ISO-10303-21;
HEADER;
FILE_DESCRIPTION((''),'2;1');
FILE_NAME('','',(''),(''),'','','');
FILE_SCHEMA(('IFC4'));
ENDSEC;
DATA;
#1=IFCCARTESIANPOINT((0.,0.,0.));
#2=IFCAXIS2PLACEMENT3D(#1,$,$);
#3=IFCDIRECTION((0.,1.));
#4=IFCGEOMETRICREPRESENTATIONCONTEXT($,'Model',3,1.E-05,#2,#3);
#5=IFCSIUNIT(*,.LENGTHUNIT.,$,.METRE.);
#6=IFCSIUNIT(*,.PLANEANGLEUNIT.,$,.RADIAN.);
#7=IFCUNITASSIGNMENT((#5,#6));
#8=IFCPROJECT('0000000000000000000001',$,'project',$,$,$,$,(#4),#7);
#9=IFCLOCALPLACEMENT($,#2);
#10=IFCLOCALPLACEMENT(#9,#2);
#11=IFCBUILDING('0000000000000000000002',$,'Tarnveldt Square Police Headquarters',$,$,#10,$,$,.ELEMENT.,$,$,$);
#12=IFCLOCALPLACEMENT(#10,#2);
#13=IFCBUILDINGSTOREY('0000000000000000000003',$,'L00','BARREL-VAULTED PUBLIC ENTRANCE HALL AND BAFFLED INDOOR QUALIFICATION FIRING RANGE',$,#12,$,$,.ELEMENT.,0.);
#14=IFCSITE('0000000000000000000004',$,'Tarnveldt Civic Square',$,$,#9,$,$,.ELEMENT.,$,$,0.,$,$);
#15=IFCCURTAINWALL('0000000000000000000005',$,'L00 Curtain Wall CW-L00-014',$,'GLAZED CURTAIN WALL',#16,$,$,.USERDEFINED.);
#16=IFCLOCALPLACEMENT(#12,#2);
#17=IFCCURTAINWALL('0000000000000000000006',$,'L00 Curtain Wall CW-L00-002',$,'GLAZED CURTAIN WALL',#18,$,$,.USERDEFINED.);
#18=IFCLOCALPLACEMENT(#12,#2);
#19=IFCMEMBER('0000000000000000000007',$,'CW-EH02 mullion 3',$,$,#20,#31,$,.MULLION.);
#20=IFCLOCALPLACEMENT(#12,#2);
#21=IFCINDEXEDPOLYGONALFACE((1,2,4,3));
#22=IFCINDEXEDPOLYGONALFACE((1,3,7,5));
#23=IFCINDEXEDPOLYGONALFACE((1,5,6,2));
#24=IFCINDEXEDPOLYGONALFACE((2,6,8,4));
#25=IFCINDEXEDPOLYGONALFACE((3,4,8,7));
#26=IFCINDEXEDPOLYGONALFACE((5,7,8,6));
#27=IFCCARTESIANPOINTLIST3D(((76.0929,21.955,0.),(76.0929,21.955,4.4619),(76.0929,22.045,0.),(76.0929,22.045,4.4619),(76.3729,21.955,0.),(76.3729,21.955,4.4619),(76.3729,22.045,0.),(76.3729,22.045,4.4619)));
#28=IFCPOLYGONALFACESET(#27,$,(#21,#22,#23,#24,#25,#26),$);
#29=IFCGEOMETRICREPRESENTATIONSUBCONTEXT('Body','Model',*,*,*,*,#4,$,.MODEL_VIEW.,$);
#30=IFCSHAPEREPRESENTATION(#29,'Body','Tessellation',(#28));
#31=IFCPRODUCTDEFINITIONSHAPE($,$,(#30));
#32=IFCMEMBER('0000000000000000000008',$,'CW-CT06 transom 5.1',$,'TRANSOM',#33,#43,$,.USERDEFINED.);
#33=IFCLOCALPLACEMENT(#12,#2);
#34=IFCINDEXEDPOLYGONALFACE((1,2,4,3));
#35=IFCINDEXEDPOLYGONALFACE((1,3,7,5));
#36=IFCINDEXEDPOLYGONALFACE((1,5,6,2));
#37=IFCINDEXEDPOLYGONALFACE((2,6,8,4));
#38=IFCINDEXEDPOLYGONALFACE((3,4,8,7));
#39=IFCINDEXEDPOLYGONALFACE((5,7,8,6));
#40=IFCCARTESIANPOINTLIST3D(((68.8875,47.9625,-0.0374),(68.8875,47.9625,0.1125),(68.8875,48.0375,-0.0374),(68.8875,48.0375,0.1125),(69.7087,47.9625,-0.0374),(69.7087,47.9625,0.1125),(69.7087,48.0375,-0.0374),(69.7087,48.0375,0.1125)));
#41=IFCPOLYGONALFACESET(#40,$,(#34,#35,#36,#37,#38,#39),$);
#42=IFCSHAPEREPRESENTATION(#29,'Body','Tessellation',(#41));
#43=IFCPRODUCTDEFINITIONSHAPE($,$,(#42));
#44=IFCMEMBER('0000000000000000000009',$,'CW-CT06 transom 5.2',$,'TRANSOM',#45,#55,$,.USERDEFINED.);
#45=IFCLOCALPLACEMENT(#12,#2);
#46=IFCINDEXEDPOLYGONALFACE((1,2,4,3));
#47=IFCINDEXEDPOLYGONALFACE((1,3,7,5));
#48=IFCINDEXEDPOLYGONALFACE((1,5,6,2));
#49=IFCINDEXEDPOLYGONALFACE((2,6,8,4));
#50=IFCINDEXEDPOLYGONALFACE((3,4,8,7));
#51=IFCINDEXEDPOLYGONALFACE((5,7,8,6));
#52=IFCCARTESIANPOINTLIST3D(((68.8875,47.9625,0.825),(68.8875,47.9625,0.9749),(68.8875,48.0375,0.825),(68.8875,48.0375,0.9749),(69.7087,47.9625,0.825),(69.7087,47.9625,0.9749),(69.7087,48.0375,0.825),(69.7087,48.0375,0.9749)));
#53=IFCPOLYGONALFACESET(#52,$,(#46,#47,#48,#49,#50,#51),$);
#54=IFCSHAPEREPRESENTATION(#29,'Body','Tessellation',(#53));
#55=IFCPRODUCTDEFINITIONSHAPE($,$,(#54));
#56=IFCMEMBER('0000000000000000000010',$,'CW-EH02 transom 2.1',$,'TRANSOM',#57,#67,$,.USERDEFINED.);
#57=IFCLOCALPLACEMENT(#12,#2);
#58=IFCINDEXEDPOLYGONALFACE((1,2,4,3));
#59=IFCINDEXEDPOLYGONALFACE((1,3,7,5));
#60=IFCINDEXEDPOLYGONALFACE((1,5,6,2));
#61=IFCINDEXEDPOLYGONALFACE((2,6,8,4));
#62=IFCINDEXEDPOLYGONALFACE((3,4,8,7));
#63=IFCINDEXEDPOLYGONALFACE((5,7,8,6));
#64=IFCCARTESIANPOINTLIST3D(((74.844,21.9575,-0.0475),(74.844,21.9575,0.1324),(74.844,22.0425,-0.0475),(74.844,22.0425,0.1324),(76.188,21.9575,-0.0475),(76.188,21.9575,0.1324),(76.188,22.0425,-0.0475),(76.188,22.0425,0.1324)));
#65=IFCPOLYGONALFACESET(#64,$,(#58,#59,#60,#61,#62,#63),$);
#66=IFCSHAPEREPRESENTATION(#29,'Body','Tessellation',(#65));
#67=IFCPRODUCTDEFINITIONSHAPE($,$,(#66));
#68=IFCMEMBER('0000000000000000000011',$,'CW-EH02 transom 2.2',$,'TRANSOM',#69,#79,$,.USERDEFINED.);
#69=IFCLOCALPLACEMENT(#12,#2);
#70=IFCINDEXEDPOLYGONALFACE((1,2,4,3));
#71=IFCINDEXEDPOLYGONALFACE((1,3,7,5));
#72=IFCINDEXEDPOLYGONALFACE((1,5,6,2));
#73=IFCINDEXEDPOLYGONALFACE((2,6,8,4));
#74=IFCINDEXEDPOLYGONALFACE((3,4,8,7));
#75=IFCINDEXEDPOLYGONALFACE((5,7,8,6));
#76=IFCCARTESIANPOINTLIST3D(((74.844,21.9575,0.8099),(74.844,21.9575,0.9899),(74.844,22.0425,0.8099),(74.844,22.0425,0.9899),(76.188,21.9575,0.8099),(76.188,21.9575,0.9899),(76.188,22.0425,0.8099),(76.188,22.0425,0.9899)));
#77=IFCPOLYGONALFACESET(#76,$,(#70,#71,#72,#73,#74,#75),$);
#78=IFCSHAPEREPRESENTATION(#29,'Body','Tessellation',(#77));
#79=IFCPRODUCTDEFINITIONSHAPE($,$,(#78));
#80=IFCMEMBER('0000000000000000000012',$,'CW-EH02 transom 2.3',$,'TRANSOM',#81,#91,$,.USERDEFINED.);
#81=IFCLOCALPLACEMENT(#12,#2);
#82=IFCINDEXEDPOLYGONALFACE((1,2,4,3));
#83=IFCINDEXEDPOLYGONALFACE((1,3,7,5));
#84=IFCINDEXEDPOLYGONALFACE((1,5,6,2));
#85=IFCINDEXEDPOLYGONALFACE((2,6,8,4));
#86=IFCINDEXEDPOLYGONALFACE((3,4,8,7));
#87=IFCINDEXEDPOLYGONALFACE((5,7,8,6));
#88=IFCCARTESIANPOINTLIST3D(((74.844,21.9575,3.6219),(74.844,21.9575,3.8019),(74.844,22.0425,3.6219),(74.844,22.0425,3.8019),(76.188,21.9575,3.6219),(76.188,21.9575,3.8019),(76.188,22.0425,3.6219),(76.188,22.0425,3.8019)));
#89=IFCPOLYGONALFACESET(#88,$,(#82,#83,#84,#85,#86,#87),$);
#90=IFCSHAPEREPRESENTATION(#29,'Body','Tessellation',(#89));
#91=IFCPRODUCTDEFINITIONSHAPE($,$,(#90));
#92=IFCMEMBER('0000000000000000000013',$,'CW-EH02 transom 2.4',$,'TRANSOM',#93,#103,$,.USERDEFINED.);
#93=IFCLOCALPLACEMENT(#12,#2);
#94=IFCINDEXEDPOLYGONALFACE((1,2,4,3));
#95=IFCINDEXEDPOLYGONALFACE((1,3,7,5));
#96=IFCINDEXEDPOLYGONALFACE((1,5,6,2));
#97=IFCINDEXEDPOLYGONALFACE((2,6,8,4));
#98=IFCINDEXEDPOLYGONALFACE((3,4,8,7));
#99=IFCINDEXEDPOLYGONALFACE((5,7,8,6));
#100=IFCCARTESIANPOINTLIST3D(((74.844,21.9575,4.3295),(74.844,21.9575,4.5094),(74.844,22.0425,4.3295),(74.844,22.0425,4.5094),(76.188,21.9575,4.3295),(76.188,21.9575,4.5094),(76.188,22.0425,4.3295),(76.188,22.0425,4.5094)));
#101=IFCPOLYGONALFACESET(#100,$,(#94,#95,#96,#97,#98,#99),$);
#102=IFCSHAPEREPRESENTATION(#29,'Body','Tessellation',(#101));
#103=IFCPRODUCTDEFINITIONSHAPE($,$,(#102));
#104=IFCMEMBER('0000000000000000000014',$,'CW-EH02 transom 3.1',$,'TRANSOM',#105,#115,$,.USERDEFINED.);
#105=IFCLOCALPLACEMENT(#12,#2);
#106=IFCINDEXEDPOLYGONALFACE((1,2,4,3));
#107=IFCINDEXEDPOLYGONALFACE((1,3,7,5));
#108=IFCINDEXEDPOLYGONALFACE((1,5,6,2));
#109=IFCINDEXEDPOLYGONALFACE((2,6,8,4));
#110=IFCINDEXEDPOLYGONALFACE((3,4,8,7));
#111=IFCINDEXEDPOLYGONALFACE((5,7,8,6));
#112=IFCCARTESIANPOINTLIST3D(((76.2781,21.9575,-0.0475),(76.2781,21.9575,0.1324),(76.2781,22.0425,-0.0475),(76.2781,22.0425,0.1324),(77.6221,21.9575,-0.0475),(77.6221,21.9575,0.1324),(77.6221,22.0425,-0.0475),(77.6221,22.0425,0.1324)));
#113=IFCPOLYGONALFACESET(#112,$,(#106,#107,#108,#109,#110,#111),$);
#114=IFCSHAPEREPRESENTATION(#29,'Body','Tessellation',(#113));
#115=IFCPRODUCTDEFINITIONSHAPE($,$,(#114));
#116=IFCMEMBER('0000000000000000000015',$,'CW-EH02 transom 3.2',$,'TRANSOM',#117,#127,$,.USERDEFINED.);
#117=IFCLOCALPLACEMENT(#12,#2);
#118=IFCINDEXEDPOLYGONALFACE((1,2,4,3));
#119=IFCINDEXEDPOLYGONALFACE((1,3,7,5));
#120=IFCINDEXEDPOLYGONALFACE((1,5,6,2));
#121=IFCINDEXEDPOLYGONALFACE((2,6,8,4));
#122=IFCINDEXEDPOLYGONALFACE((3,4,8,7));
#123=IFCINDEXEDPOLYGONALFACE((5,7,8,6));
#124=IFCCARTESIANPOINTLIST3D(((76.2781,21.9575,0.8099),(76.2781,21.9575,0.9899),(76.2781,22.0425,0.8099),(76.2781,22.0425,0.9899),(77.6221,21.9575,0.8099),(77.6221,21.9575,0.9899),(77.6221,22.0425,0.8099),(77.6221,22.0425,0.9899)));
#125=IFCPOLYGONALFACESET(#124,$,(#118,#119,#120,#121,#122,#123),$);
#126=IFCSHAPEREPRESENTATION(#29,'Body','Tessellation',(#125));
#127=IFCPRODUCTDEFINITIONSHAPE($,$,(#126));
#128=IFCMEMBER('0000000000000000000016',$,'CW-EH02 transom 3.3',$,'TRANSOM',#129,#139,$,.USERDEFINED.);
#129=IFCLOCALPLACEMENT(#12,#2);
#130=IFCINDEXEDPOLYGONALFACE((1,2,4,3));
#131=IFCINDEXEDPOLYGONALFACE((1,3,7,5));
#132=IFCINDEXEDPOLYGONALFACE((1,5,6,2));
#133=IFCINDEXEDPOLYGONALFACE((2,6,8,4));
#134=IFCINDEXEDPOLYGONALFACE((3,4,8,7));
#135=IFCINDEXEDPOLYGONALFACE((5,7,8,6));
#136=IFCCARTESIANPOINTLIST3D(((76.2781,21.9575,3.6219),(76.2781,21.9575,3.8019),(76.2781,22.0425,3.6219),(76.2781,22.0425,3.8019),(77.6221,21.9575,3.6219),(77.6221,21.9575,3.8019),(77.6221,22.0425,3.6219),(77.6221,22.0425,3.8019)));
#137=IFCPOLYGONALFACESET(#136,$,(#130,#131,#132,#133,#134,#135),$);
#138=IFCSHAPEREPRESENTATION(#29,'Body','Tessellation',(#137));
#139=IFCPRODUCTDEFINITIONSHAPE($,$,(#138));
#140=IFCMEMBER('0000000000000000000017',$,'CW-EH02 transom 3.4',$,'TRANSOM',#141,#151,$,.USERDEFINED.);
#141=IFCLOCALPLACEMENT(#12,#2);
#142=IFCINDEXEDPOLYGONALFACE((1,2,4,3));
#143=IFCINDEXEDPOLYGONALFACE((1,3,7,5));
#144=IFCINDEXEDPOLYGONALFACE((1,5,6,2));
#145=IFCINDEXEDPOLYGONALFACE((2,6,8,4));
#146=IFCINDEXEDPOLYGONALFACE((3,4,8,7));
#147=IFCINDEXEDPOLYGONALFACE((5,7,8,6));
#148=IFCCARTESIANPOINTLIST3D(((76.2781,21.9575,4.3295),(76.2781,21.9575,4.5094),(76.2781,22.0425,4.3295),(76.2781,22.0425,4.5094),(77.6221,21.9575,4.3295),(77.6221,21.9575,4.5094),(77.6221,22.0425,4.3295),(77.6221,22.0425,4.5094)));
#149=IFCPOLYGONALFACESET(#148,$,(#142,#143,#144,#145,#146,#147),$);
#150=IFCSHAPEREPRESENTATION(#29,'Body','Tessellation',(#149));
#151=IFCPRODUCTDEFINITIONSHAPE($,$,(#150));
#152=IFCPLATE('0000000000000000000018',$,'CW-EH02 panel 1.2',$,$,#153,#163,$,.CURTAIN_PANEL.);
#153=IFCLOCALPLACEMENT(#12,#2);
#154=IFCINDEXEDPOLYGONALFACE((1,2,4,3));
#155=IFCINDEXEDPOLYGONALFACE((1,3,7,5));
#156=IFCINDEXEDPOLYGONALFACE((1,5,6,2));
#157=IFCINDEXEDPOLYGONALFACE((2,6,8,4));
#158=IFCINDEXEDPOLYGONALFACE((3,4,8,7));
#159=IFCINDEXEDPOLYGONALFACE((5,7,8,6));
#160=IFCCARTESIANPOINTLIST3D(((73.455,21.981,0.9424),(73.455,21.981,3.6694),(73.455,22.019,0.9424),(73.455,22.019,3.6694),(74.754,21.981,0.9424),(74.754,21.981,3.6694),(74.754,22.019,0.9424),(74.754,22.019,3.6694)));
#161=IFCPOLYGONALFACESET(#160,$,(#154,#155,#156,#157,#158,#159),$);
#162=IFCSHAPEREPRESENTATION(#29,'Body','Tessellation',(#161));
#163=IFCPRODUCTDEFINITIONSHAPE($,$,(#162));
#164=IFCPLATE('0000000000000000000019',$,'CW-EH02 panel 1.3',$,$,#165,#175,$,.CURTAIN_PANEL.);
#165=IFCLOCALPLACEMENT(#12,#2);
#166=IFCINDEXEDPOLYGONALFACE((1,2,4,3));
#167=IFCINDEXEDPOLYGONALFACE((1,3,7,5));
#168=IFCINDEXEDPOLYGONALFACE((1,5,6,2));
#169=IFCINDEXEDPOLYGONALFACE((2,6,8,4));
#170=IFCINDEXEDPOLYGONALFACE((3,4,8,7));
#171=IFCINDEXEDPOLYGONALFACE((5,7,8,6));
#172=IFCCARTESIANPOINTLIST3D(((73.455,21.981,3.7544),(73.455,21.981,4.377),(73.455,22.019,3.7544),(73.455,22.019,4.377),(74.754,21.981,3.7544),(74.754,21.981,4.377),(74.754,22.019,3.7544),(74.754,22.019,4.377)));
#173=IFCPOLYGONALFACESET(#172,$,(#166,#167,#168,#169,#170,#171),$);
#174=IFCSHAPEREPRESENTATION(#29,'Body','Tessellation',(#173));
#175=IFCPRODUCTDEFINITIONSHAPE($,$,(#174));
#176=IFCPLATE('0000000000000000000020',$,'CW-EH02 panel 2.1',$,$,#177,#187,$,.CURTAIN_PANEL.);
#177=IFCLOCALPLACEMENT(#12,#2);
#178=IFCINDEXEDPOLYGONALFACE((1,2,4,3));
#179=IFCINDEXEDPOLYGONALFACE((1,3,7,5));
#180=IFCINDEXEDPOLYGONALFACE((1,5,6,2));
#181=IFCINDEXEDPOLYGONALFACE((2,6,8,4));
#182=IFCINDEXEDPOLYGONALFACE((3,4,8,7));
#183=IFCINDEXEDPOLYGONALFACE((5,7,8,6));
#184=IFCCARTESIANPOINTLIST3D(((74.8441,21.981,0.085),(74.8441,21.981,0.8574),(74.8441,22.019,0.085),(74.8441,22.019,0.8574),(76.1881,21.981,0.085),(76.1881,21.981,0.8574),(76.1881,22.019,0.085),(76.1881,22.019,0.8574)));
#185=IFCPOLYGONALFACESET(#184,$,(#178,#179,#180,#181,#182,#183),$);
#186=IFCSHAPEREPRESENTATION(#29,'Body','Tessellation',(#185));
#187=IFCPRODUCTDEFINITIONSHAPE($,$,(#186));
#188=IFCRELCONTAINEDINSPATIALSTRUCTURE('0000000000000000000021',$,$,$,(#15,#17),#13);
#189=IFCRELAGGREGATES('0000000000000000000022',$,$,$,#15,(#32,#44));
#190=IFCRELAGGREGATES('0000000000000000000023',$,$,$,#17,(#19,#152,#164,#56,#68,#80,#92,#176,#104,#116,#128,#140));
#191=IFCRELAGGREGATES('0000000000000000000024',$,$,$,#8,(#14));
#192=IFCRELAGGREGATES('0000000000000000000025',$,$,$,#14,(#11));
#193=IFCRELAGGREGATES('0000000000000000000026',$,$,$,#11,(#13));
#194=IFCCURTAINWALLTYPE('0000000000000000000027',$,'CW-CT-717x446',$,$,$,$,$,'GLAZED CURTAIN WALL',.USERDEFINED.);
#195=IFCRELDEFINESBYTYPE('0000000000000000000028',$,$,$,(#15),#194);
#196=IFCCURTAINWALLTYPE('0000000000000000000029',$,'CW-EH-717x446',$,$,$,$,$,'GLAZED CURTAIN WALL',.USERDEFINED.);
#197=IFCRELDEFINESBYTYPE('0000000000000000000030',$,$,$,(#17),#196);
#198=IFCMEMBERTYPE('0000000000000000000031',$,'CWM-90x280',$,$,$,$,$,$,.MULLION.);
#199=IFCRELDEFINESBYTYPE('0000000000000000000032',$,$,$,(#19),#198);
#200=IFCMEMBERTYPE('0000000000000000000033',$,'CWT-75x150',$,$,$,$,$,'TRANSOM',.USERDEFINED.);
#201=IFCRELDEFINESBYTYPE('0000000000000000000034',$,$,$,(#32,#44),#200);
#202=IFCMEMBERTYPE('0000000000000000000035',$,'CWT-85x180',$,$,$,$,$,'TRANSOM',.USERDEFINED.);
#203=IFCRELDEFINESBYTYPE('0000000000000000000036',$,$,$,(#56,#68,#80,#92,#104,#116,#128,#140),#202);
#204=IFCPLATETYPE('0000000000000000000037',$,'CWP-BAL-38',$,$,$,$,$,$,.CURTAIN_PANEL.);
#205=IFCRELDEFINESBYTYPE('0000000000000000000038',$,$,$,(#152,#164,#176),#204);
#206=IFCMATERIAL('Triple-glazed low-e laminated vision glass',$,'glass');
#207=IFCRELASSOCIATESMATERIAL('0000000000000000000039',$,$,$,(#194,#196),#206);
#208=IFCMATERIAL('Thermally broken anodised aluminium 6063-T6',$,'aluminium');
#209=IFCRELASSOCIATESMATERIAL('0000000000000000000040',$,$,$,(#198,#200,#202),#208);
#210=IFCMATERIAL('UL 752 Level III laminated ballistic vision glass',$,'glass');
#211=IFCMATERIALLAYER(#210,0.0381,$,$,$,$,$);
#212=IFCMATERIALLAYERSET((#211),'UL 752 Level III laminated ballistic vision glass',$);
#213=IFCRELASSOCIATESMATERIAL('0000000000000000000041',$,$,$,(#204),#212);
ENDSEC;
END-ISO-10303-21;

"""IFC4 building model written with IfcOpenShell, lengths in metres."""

from ifc_helpers import new_model, si_unit, direction, frame, origin, origin_2d, place, context, subcontext, project, spatial, rectangle, extrude, material, layer, layer_set, material_profile, profile_set, type_object, element, aggregate, save


model = new_model("IFC4")

# Units and contexts
model_context = context("Model", 3, precision=1e-05, world=origin(), true_north=direction((0.0, 1.0)))
body_context = subcontext(model_context, "Body", "Model", "MODEL_VIEW")
ifc_project = project(units=[si_unit("LENGTHUNIT", "METRE"), si_unit("PLANEANGLEUNIT", "RADIAN")], contexts=[model_context])

# Site, building, storey
site_placement = place(None, origin())
site = spatial("IfcSite", under=ifc_project, at=site_placement, Name="Tarnveldt Civic Square", CompositionType="ELEMENT", RefElevation=0.0)
building_placement = place(site_placement, origin())
building = spatial("IfcBuilding", under=site, at=building_placement, Name="Tarnveldt Square Police Headquarters", CompositionType="ELEMENT")
storey_placement = place(building_placement, origin())
storey = spatial("IfcBuildingStorey", under=building, at=storey_placement, Name="L00", Description="BARREL-VAULTED PUBLIC ENTRANCE HALL AND BAFFLED INDOOR QUALIFICATION FIRING RANGE", CompositionType="ELEMENT", Elevation=0.0)

# Curtain wall
ifc_material_1 = material(Name="Triple-glazed low-e laminated vision glass", Category="glass")
curtain_wall_type_1 = type_object("IfcCurtainWallType", Name="CW-CT-717x446", ElementType="GLAZED CURTAIN WALL", PredefinedType="USERDEFINED", material=ifc_material_1)
curtain_wall_1_placement = place(storey_placement, origin())
curtain_wall_1 = element("IfcCurtainWall", 1, at=curtain_wall_1_placement, inside=storey, type_object=curtain_wall_type_1, Name="L00 Curtain Wall CW-L00-014", ObjectType="GLAZED CURTAIN WALL", PredefinedType="USERDEFINED")
ifc_material_2 = material(Name="Thermally broken anodised aluminium 6063-T6", Category="aluminium")

# Curtain wall, member
curtain_wall_type_2 = type_object("IfcCurtainWallType", Name="CW-EH-717x446", ElementType="GLAZED CURTAIN WALL", PredefinedType="USERDEFINED", material=ifc_material_1)
curtain_wall_2_placement = place(storey_placement, origin())
curtain_wall_2 = element("IfcCurtainWall", 2, at=curtain_wall_2_placement, inside=storey, type_object=curtain_wall_type_2, Name="L00 Curtain Wall CW-L00-002", ObjectType="GLAZED CURTAIN WALL", PredefinedType="USERDEFINED")
ifc_material_profile_1 = material_profile(ifc_material_2, rectangle(XDim=0.0901, YDim=0.28, at=origin_2d()), Name="CW-M90x280")
ifc_profile_set_1 = profile_set([ifc_material_profile_1], Name="Thermally broken anodised aluminium 6063-T6")
member_type_1 = type_object("IfcMemberType", Name="CWM-90x280", PredefinedType="MULLION", material=ifc_profile_set_1)
member_1_placement = place(storey_placement, frame((76.2329, 22.0, 0.0), z_axis=(0.0, 0.0, 1.0), x_axis=(0.0, 1.0, 0.0)))
member_1 = element("IfcMember", 3, at=member_1_placement, type_object=member_type_1, Name="CW-EH02 mullion 3", PredefinedType="MULLION", context=body_context, shape_type="SweptSolid", body=[
    extrude(rectangle(XDim=0.0901, YDim=0.28, at=origin_2d()), origin(), (0.0, 0.0, 1.0), 4.4619),
])

# Members
ifc_material_profile_2 = material_profile(ifc_material_2, rectangle(XDim=0.075, YDim=0.1499, at=origin_2d()), Name="CW-T75x150")
ifc_profile_set_2 = profile_set([ifc_material_profile_2], Name="Thermally broken anodised aluminium 6063-T6")
member_type_2 = type_object("IfcMemberType", Name="CWT-75x150", ElementType="TRANSOM", PredefinedType="USERDEFINED", material=ifc_profile_set_2)
member_2_placement = place(storey_placement, frame((68.8875, 48.0, 0.0376), z_axis=(1.0, 0.0, 0.0), x_axis=(0.0, 1.0, 0.0)))
member_2 = element("IfcMember", 4, at=member_2_placement, type_object=member_type_2, Name="CW-CT06 transom 5.1", ObjectType="TRANSOM", PredefinedType="USERDEFINED", context=body_context, shape_type="SweptSolid", body=[
    extrude(rectangle(XDim=0.075, YDim=0.1499, at=origin_2d()), origin(), (0.0, 0.0, 1.0), 0.8213),
])
member_3_placement = place(storey_placement, frame((68.8875, 48.0, 0.8999), z_axis=(1.0, 0.0, 0.0), x_axis=(0.0, 1.0, 0.0)))
member_3 = element("IfcMember", 5, at=member_3_placement, type_object=member_type_2, Name="CW-CT06 transom 5.2", ObjectType="TRANSOM", PredefinedType="USERDEFINED", context=body_context, shape_type="SweptSolid", body=[
    extrude(rectangle(XDim=0.075, YDim=0.1499, at=origin_2d()), origin(), (0.0, 0.0, 1.0), 0.8213),
])
aggregate(curtain_wall_1, [member_2, member_3])
ifc_material_profile_3 = material_profile(ifc_material_2, rectangle(XDim=0.085, YDim=0.1799, at=origin_2d()), Name="CW-T85x180")
ifc_profile_set_3 = profile_set([ifc_material_profile_3], Name="Thermally broken anodised aluminium 6063-T6")
member_type_3 = type_object("IfcMemberType", Name="CWT-85x180", ElementType="TRANSOM", PredefinedType="USERDEFINED", material=ifc_profile_set_3)
member_4_placement = place(storey_placement, frame((74.844, 22.0, 0.0425), z_axis=(1.0, 0.0, 0.0), x_axis=(0.0, 1.0, 0.0)))
member_4 = element("IfcMember", 6, at=member_4_placement, type_object=member_type_3, Name="CW-EH02 transom 2.1", ObjectType="TRANSOM", PredefinedType="USERDEFINED", context=body_context, shape_type="SweptSolid", body=[
    extrude(rectangle(XDim=0.085, YDim=0.1799, at=origin_2d()), origin(), (0.0, 0.0, 1.0), 1.344),
])
member_5_placement = place(storey_placement, frame((74.844, 22.0, 0.8999), z_axis=(1.0, 0.0, 0.0), x_axis=(0.0, 1.0, 0.0)))
member_5 = element("IfcMember", 7, at=member_5_placement, type_object=member_type_3, Name="CW-EH02 transom 2.2", ObjectType="TRANSOM", PredefinedType="USERDEFINED", context=body_context, shape_type="SweptSolid", body=[
    extrude(rectangle(XDim=0.085, YDim=0.1799, at=origin_2d()), origin(), (0.0, 0.0, 1.0), 1.344),
])
member_6_placement = place(storey_placement, frame((74.844, 22.0, 3.7119), z_axis=(1.0, 0.0, 0.0), x_axis=(0.0, 1.0, 0.0)))
member_6 = element("IfcMember", 8, at=member_6_placement, type_object=member_type_3, Name="CW-EH02 transom 2.3", ObjectType="TRANSOM", PredefinedType="USERDEFINED", context=body_context, shape_type="SweptSolid", body=[
    extrude(rectangle(XDim=0.085, YDim=0.1799, at=origin_2d()), origin(), (0.0, 0.0, 1.0), 1.344),
])
member_7_placement = place(storey_placement, frame((74.844, 22.0, 4.4194), z_axis=(1.0, 0.0, 0.0), x_axis=(0.0, 1.0, 0.0)))
member_7 = element("IfcMember", 9, at=member_7_placement, type_object=member_type_3, Name="CW-EH02 transom 2.4", ObjectType="TRANSOM", PredefinedType="USERDEFINED", context=body_context, shape_type="SweptSolid", body=[
    extrude(rectangle(XDim=0.085, YDim=0.1799, at=origin_2d()), origin(), (0.0, 0.0, 1.0), 1.344),
])
member_8_placement = place(storey_placement, frame((76.2781, 22.0, 0.0425), z_axis=(1.0, 0.0, 0.0), x_axis=(0.0, 1.0, 0.0)))
member_8 = element("IfcMember", 10, at=member_8_placement, type_object=member_type_3, Name="CW-EH02 transom 3.1", ObjectType="TRANSOM", PredefinedType="USERDEFINED", context=body_context, shape_type="SweptSolid", body=[
    extrude(rectangle(XDim=0.085, YDim=0.1799, at=origin_2d()), origin(), (0.0, 0.0, 1.0), 1.344),
])
member_9_placement = place(storey_placement, frame((76.2781, 22.0, 0.8999), z_axis=(1.0, 0.0, 0.0), x_axis=(0.0, 1.0, 0.0)))
member_9 = element("IfcMember", 11, at=member_9_placement, type_object=member_type_3, Name="CW-EH02 transom 3.2", ObjectType="TRANSOM", PredefinedType="USERDEFINED", context=body_context, shape_type="SweptSolid", body=[
    extrude(rectangle(XDim=0.085, YDim=0.1799, at=origin_2d()), origin(), (0.0, 0.0, 1.0), 1.344),
])
member_10_placement = place(storey_placement, frame((76.2781, 22.0, 3.7119), z_axis=(1.0, 0.0, 0.0), x_axis=(0.0, 1.0, 0.0)))
member_10 = element("IfcMember", 12, at=member_10_placement, type_object=member_type_3, Name="CW-EH02 transom 3.3", ObjectType="TRANSOM", PredefinedType="USERDEFINED", context=body_context, shape_type="SweptSolid", body=[
    extrude(rectangle(XDim=0.085, YDim=0.1799, at=origin_2d()), origin(), (0.0, 0.0, 1.0), 1.344),
])
member_11_placement = place(storey_placement, frame((76.2781, 22.0, 4.4194), z_axis=(1.0, 0.0, 0.0), x_axis=(0.0, 1.0, 0.0)))
member_11 = element("IfcMember", 13, at=member_11_placement, type_object=member_type_3, Name="CW-EH02 transom 3.4", ObjectType="TRANSOM", PredefinedType="USERDEFINED", context=body_context, shape_type="SweptSolid", body=[
    extrude(rectangle(XDim=0.085, YDim=0.1799, at=origin_2d()), origin(), (0.0, 0.0, 1.0), 1.344),
])

# Plates
ifc_material_3 = material(Name="UL 752 Level III laminated ballistic vision glass", Category="glass")
ifc_layer = layer(ifc_material_3, 0.0381)
ifc_layer_set = layer_set([ifc_layer], Name="UL 752 Level III laminated ballistic vision glass")
plate_type = type_object("IfcPlateType", Name="CWP-BAL-38", PredefinedType="CURTAIN_PANEL", material=ifc_layer_set)
plate_1_placement = place(storey_placement, frame((74.1045, 22.0, 0.9424), z_axis=(0.0, 0.0, 1.0), x_axis=(1.0, 0.0, 0.0)))
plate_1 = element("IfcPlate", 14, at=plate_1_placement, type_object=plate_type, Name="CW-EH02 panel 1.2", PredefinedType="CURTAIN_PANEL", context=body_context, shape_type="SweptSolid", body=[
    extrude(rectangle(XDim=1.2991, YDim=0.0381, at=origin_2d()), origin(), (0.0, 0.0, 1.0), 2.7271),
])
plate_2_placement = place(storey_placement, frame((74.1045, 22.0, 3.7544), z_axis=(0.0, 0.0, 1.0), x_axis=(1.0, 0.0, 0.0)))
plate_2 = element("IfcPlate", 15, at=plate_2_placement, type_object=plate_type, Name="CW-EH02 panel 1.3", PredefinedType="CURTAIN_PANEL", context=body_context, shape_type="SweptSolid", body=[
    extrude(rectangle(XDim=1.2991, YDim=0.0381, at=origin_2d()), origin(), (0.0, 0.0, 1.0), 0.6226),
])
plate_3_placement = place(storey_placement, frame((75.5161, 22.0, 0.085), z_axis=(0.0, 0.0, 1.0), x_axis=(1.0, 0.0, 0.0)))
plate_3 = element("IfcPlate", 16, at=plate_3_placement, type_object=plate_type, Name="CW-EH02 panel 2.1", PredefinedType="CURTAIN_PANEL", context=body_context, shape_type="SweptSolid", body=[
    extrude(rectangle(XDim=1.344, YDim=0.0381, at=origin_2d()), origin(), (0.0, 0.0, 1.0), 0.7725),
])
aggregate(curtain_wall_2, [member_1, plate_1, plate_2, member_4, member_5, member_6, member_7, plate_3, member_8, member_9, member_10, member_11])

save(model, "model.ifc")
